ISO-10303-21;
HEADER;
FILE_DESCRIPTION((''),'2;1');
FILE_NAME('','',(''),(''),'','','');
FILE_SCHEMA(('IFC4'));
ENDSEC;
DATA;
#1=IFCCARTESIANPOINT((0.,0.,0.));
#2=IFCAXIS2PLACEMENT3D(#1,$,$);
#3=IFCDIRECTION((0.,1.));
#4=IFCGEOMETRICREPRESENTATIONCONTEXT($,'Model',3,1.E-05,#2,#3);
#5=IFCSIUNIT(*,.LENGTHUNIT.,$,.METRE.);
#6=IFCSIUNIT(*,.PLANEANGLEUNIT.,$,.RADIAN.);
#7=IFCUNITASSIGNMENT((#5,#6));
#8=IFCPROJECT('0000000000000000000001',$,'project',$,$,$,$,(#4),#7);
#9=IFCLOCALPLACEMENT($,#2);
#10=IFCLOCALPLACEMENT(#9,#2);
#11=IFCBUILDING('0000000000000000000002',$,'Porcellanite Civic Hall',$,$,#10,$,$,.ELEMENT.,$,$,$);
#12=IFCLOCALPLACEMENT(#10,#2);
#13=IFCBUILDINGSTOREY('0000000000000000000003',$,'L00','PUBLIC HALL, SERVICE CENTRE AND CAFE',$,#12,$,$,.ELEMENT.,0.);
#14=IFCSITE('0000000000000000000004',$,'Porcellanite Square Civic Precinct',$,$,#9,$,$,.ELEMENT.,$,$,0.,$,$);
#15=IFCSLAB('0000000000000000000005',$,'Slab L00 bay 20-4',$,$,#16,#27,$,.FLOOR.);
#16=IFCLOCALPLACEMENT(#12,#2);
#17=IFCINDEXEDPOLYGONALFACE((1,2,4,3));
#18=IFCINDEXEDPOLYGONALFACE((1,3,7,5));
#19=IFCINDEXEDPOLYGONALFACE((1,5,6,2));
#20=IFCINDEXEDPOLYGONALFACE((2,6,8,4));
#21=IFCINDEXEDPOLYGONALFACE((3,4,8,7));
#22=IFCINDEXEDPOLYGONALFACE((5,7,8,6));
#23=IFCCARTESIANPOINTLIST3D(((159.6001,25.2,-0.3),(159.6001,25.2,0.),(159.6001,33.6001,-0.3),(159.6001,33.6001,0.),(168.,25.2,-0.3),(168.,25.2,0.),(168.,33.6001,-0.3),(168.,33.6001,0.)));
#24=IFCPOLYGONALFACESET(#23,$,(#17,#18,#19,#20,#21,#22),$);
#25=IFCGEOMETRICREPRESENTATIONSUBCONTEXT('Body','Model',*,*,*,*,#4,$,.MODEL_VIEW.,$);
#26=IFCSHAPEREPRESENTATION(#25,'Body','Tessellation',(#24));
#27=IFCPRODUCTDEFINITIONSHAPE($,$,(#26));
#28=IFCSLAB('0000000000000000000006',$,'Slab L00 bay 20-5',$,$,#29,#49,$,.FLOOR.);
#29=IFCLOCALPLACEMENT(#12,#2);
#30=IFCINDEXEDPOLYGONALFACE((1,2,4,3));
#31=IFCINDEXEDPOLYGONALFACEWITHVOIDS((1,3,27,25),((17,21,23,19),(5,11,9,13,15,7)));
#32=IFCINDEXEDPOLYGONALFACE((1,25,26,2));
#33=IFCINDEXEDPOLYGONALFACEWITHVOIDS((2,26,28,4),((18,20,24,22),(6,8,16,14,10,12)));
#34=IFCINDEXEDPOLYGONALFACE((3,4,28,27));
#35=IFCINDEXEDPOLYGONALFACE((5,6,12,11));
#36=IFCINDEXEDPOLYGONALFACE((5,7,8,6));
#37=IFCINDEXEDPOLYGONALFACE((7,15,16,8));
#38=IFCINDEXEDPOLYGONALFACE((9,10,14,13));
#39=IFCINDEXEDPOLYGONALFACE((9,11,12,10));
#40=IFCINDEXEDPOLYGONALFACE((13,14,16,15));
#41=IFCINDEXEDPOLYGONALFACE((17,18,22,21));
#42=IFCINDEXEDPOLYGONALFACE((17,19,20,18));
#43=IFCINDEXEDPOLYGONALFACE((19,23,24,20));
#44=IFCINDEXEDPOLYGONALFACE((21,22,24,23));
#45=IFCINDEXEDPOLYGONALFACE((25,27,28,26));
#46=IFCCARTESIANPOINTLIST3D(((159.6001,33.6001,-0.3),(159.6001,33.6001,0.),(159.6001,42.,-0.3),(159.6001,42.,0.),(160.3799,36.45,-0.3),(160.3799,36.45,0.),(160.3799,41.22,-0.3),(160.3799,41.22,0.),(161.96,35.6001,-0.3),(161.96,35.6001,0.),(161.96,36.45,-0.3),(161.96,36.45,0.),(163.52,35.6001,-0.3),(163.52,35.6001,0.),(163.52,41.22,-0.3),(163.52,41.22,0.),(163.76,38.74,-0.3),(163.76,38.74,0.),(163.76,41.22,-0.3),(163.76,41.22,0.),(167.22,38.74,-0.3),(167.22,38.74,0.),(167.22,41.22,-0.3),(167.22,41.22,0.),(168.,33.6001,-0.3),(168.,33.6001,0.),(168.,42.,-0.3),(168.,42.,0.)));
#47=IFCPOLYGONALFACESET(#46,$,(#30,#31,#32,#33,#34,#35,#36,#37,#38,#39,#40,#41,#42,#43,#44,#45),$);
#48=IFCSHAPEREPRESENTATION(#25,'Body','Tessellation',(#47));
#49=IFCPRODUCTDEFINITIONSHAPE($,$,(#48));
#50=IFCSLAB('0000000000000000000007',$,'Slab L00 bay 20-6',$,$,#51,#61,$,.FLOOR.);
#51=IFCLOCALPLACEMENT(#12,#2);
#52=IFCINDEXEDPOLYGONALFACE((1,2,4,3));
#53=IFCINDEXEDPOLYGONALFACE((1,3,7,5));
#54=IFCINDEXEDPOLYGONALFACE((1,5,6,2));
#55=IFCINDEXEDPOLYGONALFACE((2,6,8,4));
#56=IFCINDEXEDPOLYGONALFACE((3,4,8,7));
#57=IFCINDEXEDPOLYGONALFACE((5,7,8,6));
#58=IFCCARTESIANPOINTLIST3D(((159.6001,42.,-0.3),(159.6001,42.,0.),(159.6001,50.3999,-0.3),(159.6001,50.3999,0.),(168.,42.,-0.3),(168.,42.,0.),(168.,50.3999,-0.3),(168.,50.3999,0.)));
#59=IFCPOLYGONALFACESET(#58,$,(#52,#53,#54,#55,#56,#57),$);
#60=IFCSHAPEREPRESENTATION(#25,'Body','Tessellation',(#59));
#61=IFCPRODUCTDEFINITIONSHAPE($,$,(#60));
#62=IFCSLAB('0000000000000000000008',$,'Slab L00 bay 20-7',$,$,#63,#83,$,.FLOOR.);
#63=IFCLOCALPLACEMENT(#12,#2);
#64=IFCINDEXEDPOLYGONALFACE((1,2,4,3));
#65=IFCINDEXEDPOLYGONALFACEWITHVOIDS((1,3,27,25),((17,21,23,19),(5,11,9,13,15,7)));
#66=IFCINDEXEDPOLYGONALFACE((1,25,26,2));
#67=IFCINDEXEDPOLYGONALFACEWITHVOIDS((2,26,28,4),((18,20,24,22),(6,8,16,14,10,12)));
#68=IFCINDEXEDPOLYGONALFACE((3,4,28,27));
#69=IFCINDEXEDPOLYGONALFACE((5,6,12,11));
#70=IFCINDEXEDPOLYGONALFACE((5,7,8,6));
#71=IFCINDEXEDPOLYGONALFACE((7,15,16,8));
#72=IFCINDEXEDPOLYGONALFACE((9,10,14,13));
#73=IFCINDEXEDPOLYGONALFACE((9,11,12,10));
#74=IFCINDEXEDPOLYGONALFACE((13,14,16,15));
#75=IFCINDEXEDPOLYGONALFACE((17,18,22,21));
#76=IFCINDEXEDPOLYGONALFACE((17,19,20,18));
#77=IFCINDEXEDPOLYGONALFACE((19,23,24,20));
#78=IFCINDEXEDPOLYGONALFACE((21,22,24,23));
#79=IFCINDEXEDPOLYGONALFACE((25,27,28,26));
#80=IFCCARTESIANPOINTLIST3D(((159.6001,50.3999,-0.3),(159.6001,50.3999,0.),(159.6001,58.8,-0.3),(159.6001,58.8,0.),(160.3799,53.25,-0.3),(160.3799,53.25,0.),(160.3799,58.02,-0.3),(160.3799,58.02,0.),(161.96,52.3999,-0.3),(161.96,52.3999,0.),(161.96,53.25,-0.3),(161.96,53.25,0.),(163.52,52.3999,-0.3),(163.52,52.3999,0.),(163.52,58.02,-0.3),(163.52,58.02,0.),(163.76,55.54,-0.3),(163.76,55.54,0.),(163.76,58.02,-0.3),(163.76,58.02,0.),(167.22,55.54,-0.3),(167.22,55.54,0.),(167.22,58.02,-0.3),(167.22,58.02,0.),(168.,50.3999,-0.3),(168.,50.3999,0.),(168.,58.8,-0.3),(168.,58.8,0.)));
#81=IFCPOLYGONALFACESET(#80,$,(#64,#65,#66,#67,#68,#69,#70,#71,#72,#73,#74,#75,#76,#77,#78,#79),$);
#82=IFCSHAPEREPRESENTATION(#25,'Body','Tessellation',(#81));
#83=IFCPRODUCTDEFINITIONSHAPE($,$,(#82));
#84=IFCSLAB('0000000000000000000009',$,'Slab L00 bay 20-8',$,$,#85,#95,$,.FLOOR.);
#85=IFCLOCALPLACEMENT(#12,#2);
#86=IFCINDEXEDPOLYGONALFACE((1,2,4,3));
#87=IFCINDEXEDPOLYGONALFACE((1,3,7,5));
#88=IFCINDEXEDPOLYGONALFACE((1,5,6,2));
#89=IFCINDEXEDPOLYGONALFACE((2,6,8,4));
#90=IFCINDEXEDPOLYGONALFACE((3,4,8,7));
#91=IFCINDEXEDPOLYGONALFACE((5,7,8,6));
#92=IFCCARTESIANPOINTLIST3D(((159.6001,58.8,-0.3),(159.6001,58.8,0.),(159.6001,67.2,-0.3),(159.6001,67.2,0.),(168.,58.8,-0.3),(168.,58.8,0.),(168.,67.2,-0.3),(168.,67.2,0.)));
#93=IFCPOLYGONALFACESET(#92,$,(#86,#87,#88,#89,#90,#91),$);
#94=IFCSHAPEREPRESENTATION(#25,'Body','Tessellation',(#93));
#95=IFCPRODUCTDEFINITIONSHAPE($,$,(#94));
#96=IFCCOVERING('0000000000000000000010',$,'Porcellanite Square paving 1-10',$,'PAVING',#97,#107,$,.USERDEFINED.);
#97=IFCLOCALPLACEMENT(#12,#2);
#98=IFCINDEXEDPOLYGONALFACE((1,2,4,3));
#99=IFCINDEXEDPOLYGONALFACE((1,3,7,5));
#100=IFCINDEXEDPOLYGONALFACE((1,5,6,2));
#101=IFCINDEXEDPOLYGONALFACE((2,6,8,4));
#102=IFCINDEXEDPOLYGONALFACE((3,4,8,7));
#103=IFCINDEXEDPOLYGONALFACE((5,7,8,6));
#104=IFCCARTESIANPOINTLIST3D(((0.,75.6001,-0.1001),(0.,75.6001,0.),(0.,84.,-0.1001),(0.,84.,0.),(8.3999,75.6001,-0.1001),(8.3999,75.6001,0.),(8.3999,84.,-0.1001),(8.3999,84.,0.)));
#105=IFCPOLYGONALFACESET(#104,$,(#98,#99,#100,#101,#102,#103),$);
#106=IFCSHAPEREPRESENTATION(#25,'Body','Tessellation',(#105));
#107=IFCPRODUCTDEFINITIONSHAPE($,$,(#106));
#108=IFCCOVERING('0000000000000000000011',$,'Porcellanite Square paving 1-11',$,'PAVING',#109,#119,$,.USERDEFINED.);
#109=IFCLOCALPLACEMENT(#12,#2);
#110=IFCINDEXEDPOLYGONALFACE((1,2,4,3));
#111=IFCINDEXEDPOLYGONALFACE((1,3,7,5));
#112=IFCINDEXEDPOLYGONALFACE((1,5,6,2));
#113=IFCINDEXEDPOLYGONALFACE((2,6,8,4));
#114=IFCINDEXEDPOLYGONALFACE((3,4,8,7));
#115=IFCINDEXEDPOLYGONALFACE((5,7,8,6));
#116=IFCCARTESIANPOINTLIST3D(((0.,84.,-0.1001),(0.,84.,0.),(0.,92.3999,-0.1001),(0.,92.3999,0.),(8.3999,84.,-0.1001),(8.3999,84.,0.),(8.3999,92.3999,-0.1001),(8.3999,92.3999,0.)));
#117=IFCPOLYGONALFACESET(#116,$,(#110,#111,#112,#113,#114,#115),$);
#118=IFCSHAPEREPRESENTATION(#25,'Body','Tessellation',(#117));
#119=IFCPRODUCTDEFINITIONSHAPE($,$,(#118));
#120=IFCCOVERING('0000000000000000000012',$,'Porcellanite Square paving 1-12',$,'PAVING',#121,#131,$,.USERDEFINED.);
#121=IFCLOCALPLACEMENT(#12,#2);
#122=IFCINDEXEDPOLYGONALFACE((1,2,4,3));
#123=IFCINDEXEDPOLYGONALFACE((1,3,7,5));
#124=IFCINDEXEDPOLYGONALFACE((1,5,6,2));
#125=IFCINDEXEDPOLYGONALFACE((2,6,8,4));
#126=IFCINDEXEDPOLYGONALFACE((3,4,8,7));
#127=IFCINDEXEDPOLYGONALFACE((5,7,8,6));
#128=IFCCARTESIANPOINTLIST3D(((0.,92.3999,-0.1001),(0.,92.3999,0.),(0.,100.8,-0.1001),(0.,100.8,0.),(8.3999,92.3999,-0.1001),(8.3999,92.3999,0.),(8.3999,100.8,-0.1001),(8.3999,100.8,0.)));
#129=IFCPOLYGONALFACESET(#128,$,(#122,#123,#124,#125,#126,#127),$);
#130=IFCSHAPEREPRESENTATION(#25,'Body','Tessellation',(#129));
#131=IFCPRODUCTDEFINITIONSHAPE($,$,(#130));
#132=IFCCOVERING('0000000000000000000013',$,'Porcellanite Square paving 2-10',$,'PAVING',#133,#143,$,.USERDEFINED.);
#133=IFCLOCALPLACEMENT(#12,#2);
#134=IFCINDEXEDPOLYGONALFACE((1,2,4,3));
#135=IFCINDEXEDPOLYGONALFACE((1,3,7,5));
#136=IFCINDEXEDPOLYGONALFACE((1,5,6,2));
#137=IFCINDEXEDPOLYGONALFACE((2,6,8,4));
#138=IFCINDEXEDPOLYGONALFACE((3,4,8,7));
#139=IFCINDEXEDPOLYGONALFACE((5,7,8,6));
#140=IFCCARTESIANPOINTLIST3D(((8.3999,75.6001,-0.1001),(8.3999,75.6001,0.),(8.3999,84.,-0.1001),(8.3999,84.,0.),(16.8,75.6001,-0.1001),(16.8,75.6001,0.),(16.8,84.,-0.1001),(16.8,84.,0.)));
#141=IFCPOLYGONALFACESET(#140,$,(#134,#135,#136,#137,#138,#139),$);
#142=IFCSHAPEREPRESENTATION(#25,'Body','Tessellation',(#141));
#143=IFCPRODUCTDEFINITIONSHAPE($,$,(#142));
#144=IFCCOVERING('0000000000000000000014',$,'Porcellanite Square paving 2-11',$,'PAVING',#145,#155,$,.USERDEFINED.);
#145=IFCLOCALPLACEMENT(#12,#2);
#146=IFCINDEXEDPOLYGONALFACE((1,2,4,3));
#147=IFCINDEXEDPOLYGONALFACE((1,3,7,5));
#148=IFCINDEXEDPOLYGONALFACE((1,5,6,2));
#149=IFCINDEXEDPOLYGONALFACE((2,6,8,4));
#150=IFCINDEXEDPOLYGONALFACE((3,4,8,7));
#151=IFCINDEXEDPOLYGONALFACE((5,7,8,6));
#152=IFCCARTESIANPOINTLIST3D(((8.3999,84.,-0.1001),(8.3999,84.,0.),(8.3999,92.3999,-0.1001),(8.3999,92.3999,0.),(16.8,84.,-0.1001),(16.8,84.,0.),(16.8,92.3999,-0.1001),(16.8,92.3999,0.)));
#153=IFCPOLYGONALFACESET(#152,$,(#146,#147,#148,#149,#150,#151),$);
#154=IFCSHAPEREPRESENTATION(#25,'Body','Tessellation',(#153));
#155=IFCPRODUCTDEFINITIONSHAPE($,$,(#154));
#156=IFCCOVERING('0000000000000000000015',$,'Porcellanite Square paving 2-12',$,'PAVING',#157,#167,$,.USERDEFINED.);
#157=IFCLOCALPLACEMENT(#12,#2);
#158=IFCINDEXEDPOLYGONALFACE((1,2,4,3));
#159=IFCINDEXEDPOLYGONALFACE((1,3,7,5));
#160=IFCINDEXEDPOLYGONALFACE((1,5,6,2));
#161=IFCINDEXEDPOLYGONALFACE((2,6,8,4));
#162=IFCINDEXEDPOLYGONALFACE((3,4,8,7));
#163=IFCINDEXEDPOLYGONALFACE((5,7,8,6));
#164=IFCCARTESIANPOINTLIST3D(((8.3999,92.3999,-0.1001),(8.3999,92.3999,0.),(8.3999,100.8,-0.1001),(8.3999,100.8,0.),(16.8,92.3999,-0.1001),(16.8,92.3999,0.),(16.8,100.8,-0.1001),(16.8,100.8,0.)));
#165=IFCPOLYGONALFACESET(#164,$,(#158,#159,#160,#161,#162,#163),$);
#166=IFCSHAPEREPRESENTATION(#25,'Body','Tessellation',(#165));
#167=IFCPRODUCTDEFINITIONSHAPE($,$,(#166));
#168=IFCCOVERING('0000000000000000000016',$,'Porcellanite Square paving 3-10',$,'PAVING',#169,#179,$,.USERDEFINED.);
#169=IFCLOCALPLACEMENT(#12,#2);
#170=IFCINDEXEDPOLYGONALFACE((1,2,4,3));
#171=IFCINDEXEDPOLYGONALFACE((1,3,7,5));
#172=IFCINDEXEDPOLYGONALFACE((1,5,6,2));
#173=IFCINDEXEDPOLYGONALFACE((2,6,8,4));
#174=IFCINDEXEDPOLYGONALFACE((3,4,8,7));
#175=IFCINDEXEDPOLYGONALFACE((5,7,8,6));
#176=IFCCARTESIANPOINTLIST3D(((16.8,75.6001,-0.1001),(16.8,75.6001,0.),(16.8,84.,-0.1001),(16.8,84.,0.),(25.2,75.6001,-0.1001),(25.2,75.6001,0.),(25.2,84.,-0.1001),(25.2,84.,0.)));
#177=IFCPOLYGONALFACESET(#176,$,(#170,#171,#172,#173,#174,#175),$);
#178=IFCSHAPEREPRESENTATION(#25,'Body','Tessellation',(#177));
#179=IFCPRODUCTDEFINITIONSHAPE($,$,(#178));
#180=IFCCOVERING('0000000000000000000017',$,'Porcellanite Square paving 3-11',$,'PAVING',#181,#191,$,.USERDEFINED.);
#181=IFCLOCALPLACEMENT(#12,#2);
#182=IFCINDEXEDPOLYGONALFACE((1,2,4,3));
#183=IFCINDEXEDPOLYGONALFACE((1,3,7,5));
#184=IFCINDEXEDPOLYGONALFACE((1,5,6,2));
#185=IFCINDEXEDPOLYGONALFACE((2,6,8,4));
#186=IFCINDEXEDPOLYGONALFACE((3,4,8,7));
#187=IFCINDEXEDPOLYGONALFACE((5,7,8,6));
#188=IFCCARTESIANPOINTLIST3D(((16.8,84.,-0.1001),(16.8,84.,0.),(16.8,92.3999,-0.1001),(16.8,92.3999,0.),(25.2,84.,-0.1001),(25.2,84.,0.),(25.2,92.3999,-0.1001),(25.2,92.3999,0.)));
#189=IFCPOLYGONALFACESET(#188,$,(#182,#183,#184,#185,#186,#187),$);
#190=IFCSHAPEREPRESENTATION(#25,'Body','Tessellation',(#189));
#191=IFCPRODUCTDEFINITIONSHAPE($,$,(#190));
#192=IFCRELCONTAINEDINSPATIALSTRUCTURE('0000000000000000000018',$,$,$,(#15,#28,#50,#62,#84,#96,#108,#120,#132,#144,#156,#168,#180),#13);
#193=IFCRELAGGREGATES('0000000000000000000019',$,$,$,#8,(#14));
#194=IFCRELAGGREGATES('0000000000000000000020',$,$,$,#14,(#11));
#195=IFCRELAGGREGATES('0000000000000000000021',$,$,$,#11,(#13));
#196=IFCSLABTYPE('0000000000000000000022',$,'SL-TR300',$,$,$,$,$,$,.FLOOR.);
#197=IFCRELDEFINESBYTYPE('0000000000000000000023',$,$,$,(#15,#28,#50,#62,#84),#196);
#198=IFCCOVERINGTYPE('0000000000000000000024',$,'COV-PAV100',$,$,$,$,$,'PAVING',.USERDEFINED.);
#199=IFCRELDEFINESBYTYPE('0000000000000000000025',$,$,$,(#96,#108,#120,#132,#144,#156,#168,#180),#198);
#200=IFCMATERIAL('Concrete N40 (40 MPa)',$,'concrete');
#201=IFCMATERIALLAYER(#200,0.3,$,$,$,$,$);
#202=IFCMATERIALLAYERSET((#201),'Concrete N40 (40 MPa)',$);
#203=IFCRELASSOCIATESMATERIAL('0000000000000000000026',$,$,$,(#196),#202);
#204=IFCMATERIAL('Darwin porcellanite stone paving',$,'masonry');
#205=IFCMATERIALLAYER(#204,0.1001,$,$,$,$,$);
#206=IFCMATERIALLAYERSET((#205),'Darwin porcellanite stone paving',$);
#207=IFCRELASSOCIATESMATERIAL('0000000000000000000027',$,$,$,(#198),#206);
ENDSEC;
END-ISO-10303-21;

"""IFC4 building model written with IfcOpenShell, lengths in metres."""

from ifc_helpers import new_model, si_unit, direction, frame, origin, place, context, subcontext, project, spatial, polyline, outline, extrude, material, layer, layer_set, type_object, element, save


model = new_model("IFC4")

# Units and contexts
model_context = context("Model", 3, precision=1e-05, world=origin(), true_north=direction((0.0, 1.0)))
body_context = subcontext(model_context, "Body", "Model", "MODEL_VIEW")
ifc_project = project(units=[si_unit("LENGTHUNIT", "METRE"), si_unit("PLANEANGLEUNIT", "RADIAN")], contexts=[model_context])

# Site, building, storey
site_placement = place(None, origin())
site = spatial("IfcSite", under=ifc_project, at=site_placement, Name="Porcellanite Square Civic Precinct", CompositionType="ELEMENT", RefElevation=0.0)
building_placement = place(site_placement, origin())
building = spatial("IfcBuilding", under=site, at=building_placement, Name="Porcellanite Civic Hall", CompositionType="ELEMENT")
storey_placement = place(building_placement, origin())
storey = spatial("IfcBuildingStorey", under=building, at=storey_placement, Name="L00", Description="PUBLIC HALL, SERVICE CENTRE AND CAFE", CompositionType="ELEMENT", Elevation=0.0)

# Slabs
ifc_material_1 = material(Name="Concrete N40 (40 MPa)", Category="concrete")
ifc_layer_1 = layer(ifc_material_1, 0.3)
ifc_layer_set_1 = layer_set([ifc_layer_1], Name="Concrete N40 (40 MPa)")
slab_type = type_object("IfcSlabType", Name="SL-TR300", PredefinedType="FLOOR", material=ifc_layer_set_1)
slab_1_placement = place(storey_placement, frame((0.0, 0.0, -0.3)))
element("IfcSlab", 1, at=slab_1_placement, inside=storey, type_object=slab_type, Name="Slab L00 bay 20-4", PredefinedType="FLOOR", context=body_context, shape_type="SweptSolid", body=[
    extrude(outline(polyline([(159.6001, 25.2), (168.0, 25.2), (168.0, 33.6001), (159.6001, 33.6001), (159.6001, 25.2)])), origin(), (0.0, 0.0, 1.0), 0.3),
])
slab_2_placement = place(storey_placement, frame((0.0, 0.0, -0.3)))
element("IfcSlab", 2, at=slab_2_placement, inside=storey, type_object=slab_type, Name="Slab L00 bay 20-5", PredefinedType="FLOOR", context=body_context, shape_type="SweptSolid", body=[
    extrude(outline(polyline([(159.6001, 33.6001), (168.0, 33.6001), (168.0, 42.0), (159.6001, 42.0), (159.6001, 33.6001)]), holes=[polyline([(160.3799, 36.45), (161.96, 36.45), (161.96, 35.6001), (163.52, 35.6001), (163.52, 41.22), (160.3799, 41.22), (160.3799, 36.45)]), polyline([(163.76, 38.74), (167.22, 38.74), (167.22, 41.22), (163.76, 41.22), (163.76, 38.74)])]), origin(), (0.0, 0.0, 1.0), 0.3),
])
slab_3_placement = place(storey_placement, frame((0.0, 0.0, -0.3)))
element("IfcSlab", 3, at=slab_3_placement, inside=storey, type_object=slab_type, Name="Slab L00 bay 20-6", PredefinedType="FLOOR", context=body_context, shape_type="SweptSolid", body=[
    extrude(outline(polyline([(159.6001, 42.0), (168.0, 42.0), (168.0, 50.3999), (159.6001, 50.3999), (159.6001, 42.0)])), origin(), (0.0, 0.0, 1.0), 0.3),
])
slab_4_placement = place(storey_placement, frame((0.0, 0.0, -0.3)))
element("IfcSlab", 4, at=slab_4_placement, inside=storey, type_object=slab_type, Name="Slab L00 bay 20-7", PredefinedType="FLOOR", context=body_context, shape_type="SweptSolid", body=[
    extrude(outline(polyline([(159.6001, 50.3999), (168.0, 50.3999), (168.0, 58.8), (159.6001, 58.8), (159.6001, 50.3999)]), holes=[polyline([(160.3799, 53.25), (161.96, 53.25), (161.96, 52.3999), (163.52, 52.3999), (163.52, 58.02), (160.3799, 58.02), (160.3799, 53.25)]), polyline([(163.76, 55.54), (167.22, 55.54), (167.22, 58.02), (163.76, 58.02), (163.76, 55.54)])]), origin(), (0.0, 0.0, 1.0), 0.3),
])
slab_5_placement = place(storey_placement, frame((0.0, 0.0, -0.3)))
element("IfcSlab", 5, at=slab_5_placement, inside=storey, type_object=slab_type, Name="Slab L00 bay 20-8", PredefinedType="FLOOR", context=body_context, shape_type="SweptSolid", body=[
    extrude(outline(polyline([(159.6001, 58.8), (168.0, 58.8), (168.0, 67.2), (159.6001, 67.2), (159.6001, 58.8)])), origin(), (0.0, 0.0, 1.0), 0.3),
])

# Coverings
ifc_material_2 = material(Name="Darwin porcellanite stone paving", Category="masonry")
ifc_layer_2 = layer(ifc_material_2, 0.1001)
ifc_layer_set_2 = layer_set([ifc_layer_2], Name="Darwin porcellanite stone paving")
covering_type = type_object("IfcCoveringType", Name="COV-PAV100", ElementType="PAVING", PredefinedType="USERDEFINED", material=ifc_layer_set_2)
covering_1_placement = place(storey_placement, frame((0.0, 0.0, -0.1001)))
element("IfcCovering", 6, at=covering_1_placement, inside=storey, type_object=covering_type, Name="Porcellanite Square paving 1-10", ObjectType="PAVING", PredefinedType="USERDEFINED", context=body_context, shape_type="SweptSolid", body=[
    extrude(outline(polyline([(0.0, 75.6001), (8.3999, 75.6001), (8.3999, 84.0), (0.0, 84.0), (0.0, 75.6001)])), origin(), (0.0, 0.0, 1.0), 0.1001),
])
covering_2_placement = place(storey_placement, frame((0.0, 0.0, -0.1001)))
element("IfcCovering", 7, at=covering_2_placement, inside=storey, type_object=covering_type, Name="Porcellanite Square paving 1-11", ObjectType="PAVING", PredefinedType="USERDEFINED", context=body_context, shape_type="SweptSolid", body=[
    extrude(outline(polyline([(0.0, 84.0), (8.3999, 84.0), (8.3999, 92.3999), (0.0, 92.3999), (0.0, 84.0)])), origin(), (0.0, 0.0, 1.0), 0.1001),
])
covering_3_placement = place(storey_placement, frame((0.0, 0.0, -0.1001)))
element("IfcCovering", 8, at=covering_3_placement, inside=storey, type_object=covering_type, Name="Porcellanite Square paving 1-12", ObjectType="PAVING", PredefinedType="USERDEFINED", context=body_context, shape_type="SweptSolid", body=[
    extrude(outline(polyline([(0.0, 92.3999), (8.3999, 92.3999), (8.3999, 100.8), (0.0, 100.8), (0.0, 92.3999)])), origin(), (0.0, 0.0, 1.0), 0.1001),
])
covering_4_placement = place(storey_placement, frame((0.0, 0.0, -0.1001)))
element("IfcCovering", 9, at=covering_4_placement, inside=storey, type_object=covering_type, Name="Porcellanite Square paving 2-10", ObjectType="PAVING", PredefinedType="USERDEFINED", context=body_context, shape_type="SweptSolid", body=[
    extrude(outline(polyline([(8.3999, 75.6001), (16.8, 75.6001), (16.8, 84.0), (8.3999, 84.0), (8.3999, 75.6001)])), origin(), (0.0, 0.0, 1.0), 0.1001),
])
covering_5_placement = place(storey_placement, frame((0.0, 0.0, -0.1001)))
element("IfcCovering", 10, at=covering_5_placement, inside=storey, type_object=covering_type, Name="Porcellanite Square paving 2-11", ObjectType="PAVING", PredefinedType="USERDEFINED", context=body_context, shape_type="SweptSolid", body=[
    extrude(outline(polyline([(8.3999, 84.0), (16.8, 84.0), (16.8, 92.3999), (8.3999, 92.3999), (8.3999, 84.0)])), origin(), (0.0, 0.0, 1.0), 0.1001),
])
covering_6_placement = place(storey_placement, frame((0.0, 0.0, -0.1001)))
element("IfcCovering", 11, at=covering_6_placement, inside=storey, type_object=covering_type, Name="Porcellanite Square paving 2-12", ObjectType="PAVING", PredefinedType="USERDEFINED", context=body_context, shape_type="SweptSolid", body=[
    extrude(outline(polyline([(8.3999, 92.3999), (16.8, 92.3999), (16.8, 100.8), (8.3999, 100.8), (8.3999, 92.3999)])), origin(), (0.0, 0.0, 1.0), 0.1001),
])
covering_7_placement = place(storey_placement, frame((0.0, 0.0, -0.1001)))
element("IfcCovering", 12, at=covering_7_placement, inside=storey, type_object=covering_type, Name="Porcellanite Square paving 3-10", ObjectType="PAVING", PredefinedType="USERDEFINED", context=body_context, shape_type="SweptSolid", body=[
    extrude(outline(polyline([(16.8, 75.6001), (25.2, 75.6001), (25.2, 84.0), (16.8, 84.0), (16.8, 75.6001)])), origin(), (0.0, 0.0, 1.0), 0.1001),
])
covering_8_placement = place(storey_placement, frame((0.0, 0.0, -0.1001)))
element("IfcCovering", 13, at=covering_8_placement, inside=storey, type_object=covering_type, Name="Porcellanite Square paving 3-11", ObjectType="PAVING", PredefinedType="USERDEFINED", context=body_context, shape_type="SweptSolid", body=[
    extrude(outline(polyline([(16.8, 84.0), (25.2, 84.0), (25.2, 92.3999), (16.8, 92.3999), (16.8, 84.0)])), origin(), (0.0, 0.0, 1.0), 0.1001),
])

save(model, "model.ifc")
